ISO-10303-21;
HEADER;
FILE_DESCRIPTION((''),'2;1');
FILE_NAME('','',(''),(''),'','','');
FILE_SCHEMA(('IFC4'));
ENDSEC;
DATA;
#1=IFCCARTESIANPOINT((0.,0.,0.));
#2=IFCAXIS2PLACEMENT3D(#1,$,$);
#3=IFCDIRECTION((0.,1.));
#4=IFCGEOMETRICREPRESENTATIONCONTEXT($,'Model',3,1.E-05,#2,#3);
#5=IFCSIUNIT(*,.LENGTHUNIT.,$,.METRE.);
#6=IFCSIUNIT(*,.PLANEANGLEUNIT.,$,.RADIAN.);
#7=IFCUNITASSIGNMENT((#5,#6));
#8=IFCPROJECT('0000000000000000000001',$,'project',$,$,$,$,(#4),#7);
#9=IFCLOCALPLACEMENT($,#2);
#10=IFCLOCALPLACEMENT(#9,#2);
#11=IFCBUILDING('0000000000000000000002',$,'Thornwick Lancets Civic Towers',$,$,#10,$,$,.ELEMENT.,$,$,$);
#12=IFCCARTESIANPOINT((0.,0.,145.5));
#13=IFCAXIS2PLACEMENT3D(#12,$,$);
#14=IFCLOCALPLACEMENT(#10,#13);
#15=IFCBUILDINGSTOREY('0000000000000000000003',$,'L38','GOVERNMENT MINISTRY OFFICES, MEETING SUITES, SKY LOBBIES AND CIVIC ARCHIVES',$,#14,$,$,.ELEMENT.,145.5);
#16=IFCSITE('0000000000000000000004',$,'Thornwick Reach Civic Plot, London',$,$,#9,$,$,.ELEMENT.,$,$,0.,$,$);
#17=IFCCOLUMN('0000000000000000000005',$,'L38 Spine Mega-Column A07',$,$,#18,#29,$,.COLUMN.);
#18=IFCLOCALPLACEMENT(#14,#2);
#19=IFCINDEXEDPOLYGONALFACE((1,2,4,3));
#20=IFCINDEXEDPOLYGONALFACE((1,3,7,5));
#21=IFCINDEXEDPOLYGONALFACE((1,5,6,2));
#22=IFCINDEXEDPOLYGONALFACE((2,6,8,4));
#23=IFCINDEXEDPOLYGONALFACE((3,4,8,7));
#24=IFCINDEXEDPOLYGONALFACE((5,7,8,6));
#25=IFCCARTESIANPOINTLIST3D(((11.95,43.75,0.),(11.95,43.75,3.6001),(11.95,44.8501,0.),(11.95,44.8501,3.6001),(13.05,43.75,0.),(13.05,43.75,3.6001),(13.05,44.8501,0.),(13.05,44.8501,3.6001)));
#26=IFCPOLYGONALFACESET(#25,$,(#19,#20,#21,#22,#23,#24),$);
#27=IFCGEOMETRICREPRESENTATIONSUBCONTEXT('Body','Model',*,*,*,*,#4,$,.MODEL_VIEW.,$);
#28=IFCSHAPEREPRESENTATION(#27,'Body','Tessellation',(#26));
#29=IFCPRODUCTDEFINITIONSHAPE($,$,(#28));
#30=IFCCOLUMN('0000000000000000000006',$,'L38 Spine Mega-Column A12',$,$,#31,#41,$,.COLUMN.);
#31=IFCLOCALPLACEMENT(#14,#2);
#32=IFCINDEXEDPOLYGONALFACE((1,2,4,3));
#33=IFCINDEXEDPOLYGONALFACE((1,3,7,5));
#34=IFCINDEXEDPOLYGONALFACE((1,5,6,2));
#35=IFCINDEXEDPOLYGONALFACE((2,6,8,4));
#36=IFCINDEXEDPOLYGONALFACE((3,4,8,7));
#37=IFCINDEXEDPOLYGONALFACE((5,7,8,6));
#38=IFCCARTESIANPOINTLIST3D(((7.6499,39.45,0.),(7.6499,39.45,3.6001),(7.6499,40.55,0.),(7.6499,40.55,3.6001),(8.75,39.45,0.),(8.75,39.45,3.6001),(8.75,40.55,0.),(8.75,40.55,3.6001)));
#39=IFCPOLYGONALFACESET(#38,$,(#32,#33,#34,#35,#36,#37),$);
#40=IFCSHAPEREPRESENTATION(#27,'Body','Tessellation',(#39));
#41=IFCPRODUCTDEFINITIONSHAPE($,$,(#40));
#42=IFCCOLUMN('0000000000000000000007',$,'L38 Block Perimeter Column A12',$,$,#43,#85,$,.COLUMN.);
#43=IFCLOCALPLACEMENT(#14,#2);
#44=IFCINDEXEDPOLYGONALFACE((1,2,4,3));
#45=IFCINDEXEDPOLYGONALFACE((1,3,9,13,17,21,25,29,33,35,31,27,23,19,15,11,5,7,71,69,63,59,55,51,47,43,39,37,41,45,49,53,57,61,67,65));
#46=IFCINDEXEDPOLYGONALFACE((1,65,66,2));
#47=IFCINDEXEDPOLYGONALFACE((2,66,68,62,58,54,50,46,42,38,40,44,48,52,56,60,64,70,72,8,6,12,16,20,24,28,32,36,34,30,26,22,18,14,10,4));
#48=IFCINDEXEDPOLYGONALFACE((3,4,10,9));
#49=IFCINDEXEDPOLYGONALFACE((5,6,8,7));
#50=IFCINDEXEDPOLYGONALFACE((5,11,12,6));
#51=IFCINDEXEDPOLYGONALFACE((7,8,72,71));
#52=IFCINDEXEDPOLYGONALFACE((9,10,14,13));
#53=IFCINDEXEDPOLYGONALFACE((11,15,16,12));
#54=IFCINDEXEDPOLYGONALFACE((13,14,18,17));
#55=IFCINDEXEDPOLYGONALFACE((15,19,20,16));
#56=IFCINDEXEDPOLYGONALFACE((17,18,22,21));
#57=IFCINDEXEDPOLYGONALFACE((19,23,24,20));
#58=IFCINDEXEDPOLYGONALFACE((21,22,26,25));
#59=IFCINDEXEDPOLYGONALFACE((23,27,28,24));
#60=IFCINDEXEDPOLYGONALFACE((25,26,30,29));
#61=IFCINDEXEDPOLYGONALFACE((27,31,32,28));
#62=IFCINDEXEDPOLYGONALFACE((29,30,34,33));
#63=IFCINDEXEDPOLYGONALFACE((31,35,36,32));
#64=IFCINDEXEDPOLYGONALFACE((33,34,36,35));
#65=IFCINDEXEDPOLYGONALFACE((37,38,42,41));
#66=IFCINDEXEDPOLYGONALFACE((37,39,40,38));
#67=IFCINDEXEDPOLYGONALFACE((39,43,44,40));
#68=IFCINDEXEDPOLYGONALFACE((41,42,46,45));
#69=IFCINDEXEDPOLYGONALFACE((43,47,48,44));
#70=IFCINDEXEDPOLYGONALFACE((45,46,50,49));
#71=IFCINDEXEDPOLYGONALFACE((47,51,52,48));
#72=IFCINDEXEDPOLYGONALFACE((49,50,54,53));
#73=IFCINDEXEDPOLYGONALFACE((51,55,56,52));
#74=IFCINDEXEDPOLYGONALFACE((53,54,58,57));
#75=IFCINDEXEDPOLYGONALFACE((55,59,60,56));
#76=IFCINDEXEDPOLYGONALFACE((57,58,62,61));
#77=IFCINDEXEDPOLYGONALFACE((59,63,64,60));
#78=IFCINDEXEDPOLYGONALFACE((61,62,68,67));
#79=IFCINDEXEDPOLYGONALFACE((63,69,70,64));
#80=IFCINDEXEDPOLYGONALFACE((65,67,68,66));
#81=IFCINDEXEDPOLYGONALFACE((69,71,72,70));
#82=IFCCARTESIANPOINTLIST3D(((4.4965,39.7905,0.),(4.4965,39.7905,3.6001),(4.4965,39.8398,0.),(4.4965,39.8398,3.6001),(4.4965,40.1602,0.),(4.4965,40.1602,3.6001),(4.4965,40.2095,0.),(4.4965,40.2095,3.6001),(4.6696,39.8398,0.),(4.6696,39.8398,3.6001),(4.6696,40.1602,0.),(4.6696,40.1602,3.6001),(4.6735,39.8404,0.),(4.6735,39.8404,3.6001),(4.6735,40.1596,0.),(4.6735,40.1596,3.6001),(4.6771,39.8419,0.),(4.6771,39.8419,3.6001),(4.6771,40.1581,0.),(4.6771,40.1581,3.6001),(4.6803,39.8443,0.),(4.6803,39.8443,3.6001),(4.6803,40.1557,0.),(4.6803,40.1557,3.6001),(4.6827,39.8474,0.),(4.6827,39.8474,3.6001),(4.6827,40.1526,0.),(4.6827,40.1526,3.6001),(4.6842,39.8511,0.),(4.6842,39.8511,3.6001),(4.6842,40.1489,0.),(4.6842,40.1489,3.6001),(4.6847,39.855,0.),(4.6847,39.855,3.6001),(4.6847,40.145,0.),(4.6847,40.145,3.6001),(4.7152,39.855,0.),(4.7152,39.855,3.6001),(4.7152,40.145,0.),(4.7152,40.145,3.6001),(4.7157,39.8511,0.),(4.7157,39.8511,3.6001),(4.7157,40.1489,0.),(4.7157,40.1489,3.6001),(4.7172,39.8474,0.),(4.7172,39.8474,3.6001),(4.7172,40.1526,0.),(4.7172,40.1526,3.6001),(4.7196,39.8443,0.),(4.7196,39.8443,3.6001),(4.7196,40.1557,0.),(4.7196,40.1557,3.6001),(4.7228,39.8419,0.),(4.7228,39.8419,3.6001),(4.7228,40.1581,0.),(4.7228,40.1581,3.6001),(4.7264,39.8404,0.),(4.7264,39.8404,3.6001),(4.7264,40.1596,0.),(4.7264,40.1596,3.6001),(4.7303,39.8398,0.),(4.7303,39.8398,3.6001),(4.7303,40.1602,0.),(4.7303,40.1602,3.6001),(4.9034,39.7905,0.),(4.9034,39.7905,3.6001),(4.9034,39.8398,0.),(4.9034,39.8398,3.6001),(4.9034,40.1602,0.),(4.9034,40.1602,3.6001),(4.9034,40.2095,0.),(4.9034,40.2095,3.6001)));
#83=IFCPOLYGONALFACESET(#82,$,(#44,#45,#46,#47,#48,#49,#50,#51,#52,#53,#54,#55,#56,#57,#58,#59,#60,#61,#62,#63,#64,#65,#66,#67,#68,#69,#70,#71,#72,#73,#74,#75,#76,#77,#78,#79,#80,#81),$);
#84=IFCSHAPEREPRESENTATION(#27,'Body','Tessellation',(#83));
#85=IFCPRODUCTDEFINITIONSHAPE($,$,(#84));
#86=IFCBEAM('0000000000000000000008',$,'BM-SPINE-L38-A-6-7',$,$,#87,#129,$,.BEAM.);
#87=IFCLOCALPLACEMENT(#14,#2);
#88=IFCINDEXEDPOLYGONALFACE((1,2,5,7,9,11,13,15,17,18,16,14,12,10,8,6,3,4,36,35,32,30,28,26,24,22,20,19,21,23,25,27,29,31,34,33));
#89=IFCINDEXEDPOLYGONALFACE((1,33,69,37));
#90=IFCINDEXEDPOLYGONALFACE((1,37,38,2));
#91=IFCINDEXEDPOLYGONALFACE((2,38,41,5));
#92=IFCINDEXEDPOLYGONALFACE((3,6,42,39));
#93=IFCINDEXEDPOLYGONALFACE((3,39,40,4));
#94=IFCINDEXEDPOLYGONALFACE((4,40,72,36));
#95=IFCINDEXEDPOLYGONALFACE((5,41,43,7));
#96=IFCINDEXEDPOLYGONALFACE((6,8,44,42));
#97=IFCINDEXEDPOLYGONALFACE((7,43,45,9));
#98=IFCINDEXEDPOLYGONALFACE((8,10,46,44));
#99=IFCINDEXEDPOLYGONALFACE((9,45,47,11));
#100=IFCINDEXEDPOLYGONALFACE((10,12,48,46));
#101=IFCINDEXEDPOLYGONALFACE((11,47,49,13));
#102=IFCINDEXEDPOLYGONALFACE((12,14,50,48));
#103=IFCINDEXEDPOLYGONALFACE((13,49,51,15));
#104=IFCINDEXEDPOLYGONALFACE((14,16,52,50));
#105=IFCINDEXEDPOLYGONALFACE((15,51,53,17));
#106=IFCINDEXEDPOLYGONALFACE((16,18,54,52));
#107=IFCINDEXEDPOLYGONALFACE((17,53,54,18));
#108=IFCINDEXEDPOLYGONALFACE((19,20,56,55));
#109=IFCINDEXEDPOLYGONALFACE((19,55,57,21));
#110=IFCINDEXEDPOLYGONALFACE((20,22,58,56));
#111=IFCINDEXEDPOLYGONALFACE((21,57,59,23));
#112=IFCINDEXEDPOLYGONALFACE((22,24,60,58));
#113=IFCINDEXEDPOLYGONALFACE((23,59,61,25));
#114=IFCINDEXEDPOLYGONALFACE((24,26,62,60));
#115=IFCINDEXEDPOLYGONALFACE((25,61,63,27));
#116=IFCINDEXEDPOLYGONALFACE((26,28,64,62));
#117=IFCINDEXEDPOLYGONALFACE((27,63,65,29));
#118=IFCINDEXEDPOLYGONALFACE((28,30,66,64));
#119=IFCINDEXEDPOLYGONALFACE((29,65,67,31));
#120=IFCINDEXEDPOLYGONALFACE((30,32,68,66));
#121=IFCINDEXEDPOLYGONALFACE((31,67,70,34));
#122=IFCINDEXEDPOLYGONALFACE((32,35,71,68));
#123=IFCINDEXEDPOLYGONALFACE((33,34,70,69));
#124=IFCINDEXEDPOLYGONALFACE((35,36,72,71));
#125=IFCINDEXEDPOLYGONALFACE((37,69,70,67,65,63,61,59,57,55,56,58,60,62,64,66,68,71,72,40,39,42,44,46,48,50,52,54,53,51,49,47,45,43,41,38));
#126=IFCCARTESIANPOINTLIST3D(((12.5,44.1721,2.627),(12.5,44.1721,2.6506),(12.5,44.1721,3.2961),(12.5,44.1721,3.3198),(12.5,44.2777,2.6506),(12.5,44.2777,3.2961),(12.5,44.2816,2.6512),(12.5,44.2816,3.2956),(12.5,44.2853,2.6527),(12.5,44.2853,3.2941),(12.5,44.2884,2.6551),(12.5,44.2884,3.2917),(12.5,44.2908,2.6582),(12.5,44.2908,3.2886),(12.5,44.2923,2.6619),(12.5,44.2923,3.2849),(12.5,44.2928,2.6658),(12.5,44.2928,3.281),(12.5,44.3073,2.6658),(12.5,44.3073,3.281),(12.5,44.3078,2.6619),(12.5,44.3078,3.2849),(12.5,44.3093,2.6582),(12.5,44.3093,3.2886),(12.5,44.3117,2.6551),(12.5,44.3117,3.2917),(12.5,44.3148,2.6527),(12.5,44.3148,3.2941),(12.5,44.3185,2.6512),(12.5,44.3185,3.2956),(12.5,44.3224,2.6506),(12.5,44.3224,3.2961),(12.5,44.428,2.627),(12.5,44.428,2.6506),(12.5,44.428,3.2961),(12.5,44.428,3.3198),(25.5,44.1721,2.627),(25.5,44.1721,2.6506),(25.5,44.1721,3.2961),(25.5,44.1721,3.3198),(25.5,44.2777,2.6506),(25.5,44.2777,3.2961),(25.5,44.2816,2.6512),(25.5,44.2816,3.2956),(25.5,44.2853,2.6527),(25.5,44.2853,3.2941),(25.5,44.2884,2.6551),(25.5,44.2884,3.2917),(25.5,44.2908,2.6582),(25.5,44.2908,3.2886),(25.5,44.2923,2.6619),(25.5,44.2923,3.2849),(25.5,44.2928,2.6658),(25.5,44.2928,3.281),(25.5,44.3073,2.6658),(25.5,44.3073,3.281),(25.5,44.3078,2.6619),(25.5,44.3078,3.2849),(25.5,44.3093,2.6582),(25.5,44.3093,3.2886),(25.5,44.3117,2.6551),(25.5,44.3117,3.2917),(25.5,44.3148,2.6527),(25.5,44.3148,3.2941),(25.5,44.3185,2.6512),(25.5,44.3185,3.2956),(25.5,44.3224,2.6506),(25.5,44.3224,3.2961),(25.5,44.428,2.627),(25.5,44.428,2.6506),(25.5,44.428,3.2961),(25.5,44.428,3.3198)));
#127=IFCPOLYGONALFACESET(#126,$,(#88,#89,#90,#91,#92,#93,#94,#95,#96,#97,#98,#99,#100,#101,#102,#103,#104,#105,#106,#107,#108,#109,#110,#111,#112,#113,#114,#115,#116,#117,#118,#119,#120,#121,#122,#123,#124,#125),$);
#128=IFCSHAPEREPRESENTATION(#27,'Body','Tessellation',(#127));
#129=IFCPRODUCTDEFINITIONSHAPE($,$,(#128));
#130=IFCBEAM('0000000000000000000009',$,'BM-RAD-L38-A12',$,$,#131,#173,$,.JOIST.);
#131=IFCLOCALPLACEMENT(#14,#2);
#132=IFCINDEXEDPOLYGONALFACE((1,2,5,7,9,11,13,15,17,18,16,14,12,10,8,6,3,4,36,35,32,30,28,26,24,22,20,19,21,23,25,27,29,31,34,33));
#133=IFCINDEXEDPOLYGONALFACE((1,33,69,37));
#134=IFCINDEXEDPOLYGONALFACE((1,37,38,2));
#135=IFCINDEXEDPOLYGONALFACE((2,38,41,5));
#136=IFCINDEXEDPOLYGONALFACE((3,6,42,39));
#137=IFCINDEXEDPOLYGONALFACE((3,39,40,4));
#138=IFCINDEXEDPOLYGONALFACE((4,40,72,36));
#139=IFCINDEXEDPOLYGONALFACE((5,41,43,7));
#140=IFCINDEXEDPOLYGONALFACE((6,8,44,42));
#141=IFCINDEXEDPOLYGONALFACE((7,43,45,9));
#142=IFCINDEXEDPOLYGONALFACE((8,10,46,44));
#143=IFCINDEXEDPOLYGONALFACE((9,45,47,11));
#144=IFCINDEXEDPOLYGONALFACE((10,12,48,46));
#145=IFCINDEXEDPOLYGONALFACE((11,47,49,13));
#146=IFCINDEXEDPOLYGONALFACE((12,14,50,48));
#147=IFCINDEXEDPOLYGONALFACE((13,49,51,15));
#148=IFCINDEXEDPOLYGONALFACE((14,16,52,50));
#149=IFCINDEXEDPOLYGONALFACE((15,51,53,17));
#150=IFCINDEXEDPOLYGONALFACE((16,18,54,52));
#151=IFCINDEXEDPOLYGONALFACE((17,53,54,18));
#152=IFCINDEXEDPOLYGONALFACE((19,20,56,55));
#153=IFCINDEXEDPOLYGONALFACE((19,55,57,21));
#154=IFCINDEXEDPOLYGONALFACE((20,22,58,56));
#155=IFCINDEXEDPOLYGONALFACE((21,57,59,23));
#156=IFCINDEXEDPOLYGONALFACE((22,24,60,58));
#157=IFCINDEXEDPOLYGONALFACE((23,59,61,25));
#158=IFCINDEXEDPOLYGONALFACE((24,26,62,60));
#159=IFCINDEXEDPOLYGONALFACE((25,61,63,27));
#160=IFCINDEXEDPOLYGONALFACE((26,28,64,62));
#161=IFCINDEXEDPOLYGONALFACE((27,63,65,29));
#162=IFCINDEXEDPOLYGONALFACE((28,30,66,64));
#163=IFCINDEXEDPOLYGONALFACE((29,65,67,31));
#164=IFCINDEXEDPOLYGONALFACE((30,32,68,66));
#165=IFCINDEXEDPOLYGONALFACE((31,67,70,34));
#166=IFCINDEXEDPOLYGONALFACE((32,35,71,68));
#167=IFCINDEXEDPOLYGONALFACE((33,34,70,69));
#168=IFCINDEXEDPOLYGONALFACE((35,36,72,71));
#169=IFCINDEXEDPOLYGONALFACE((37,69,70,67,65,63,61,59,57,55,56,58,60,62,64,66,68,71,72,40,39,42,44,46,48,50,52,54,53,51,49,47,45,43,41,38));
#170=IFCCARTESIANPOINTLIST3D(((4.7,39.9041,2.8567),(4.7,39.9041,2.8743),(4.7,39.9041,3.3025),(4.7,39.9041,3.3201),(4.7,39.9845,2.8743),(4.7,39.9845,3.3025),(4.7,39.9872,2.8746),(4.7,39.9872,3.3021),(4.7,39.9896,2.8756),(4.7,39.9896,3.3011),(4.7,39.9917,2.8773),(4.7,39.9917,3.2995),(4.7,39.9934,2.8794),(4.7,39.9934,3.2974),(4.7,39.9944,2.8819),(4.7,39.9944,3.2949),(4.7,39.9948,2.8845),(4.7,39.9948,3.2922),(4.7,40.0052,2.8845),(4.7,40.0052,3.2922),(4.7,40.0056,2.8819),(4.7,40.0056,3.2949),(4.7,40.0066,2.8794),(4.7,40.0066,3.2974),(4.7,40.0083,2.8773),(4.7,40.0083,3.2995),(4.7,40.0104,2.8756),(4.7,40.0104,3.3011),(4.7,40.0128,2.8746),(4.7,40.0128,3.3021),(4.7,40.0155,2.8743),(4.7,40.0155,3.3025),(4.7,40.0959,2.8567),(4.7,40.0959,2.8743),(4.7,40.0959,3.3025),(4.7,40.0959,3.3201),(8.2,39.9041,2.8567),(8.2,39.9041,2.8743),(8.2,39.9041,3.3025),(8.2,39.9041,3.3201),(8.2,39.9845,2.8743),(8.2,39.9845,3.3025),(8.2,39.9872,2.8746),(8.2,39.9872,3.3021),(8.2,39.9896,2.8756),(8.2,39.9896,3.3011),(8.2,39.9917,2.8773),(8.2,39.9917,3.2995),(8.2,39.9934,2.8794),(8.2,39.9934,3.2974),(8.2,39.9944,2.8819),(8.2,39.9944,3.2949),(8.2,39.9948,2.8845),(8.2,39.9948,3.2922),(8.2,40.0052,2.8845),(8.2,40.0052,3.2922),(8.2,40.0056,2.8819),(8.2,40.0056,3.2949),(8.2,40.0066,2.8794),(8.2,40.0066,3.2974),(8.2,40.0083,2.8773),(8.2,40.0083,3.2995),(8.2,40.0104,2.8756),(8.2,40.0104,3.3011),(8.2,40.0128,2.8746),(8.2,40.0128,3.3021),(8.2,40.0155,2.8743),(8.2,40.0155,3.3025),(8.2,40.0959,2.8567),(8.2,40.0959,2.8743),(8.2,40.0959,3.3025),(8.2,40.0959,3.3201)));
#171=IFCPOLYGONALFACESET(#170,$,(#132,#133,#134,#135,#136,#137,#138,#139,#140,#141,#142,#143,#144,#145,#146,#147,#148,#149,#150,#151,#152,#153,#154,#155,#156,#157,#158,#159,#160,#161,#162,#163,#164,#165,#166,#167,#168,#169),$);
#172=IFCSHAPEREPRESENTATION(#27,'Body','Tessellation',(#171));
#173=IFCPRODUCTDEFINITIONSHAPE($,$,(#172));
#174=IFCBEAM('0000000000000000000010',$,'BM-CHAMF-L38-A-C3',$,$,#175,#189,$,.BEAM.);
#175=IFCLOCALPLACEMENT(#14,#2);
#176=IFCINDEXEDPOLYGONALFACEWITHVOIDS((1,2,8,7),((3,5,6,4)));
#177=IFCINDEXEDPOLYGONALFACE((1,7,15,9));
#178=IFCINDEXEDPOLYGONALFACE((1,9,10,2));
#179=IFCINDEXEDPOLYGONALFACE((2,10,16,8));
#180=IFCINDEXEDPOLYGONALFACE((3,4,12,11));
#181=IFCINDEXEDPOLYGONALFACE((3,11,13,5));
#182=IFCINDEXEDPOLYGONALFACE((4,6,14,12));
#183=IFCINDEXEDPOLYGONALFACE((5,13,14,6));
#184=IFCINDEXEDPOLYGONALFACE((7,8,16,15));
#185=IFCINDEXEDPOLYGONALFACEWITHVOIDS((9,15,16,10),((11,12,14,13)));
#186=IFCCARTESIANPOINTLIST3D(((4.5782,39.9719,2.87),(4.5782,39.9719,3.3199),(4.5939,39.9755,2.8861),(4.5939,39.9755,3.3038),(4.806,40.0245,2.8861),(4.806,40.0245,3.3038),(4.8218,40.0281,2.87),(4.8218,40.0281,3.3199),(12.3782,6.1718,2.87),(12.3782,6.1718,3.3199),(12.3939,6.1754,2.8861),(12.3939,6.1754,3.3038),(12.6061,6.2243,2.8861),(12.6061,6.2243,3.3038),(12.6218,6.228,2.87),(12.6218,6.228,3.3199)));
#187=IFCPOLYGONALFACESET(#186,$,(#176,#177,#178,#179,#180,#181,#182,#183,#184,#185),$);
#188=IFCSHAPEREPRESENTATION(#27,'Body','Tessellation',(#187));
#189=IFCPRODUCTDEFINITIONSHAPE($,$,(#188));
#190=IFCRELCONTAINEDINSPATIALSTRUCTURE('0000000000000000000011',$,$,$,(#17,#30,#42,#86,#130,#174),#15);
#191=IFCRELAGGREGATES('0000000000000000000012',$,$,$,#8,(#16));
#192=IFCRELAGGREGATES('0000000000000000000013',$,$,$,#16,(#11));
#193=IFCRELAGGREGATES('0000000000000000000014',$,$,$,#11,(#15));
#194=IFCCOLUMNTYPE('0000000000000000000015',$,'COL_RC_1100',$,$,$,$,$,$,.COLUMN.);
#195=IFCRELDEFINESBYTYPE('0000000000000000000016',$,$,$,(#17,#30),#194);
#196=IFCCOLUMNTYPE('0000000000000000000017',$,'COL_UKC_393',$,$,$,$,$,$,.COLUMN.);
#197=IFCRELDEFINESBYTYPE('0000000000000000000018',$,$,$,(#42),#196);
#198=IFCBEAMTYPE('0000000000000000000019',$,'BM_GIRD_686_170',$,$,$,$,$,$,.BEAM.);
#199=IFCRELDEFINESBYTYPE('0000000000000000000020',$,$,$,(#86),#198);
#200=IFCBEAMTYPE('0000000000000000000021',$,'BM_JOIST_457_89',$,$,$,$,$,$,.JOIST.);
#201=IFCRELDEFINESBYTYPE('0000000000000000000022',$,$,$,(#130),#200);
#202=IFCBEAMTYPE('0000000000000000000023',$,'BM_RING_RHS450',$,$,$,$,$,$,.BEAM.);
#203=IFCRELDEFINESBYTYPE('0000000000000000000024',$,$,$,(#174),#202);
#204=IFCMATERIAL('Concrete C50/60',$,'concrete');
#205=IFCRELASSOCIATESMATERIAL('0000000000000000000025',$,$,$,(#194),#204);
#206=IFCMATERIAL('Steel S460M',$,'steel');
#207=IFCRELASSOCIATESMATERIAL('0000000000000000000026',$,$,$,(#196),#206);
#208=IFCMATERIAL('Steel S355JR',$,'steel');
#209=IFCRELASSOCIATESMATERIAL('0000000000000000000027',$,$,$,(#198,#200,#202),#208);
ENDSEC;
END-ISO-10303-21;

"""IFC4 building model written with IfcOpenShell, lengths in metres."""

from ifc_helpers import new_model, si_unit, direction, frame, origin, origin_2d, place, context, subcontext, project, spatial, rectangle, hollow_rectangle, i_section, extrude, material, material_profile, profile_set, type_object, element, save


model = new_model("IFC4")

# Units and contexts
model_context = context("Model", 3, precision=1e-05, world=origin(), true_north=direction((0.0, 1.0)))
body_context = subcontext(model_context, "Body", "Model", "MODEL_VIEW")
ifc_project = project(units=[si_unit("LENGTHUNIT", "METRE"), si_unit("PLANEANGLEUNIT", "RADIAN")], contexts=[model_context])

# Site, building, storey
site_placement = place(None, origin())
site = spatial("IfcSite", under=ifc_project, at=site_placement, Name="Thornwick Reach Civic Plot, London", CompositionType="ELEMENT", RefElevation=0.0)
building_placement = place(site_placement, origin())
building = spatial("IfcBuilding", under=site, at=building_placement, Name="Thornwick Lancets Civic Towers", CompositionType="ELEMENT")
storey_placement = place(building_placement, frame((0.0, 0.0, 145.5)))
storey = spatial("IfcBuildingStorey", under=building, at=storey_placement, Name="L38", Description="GOVERNMENT MINISTRY OFFICES, MEETING SUITES, SKY LOBBIES AND CIVIC ARCHIVES", CompositionType="ELEMENT", Elevation=145.5)

# Columns
ifc_material_1 = material(Name="Concrete C50/60", Category="concrete")
ifc_material_profile_1 = material_profile(ifc_material_1, rectangle(XDim=1.1001, YDim=1.1001, at=origin_2d()), Name="RC 1100x1100")
ifc_profile_set_1 = profile_set([ifc_material_profile_1], Name="Concrete C50/60")
column_type_1 = type_object("IfcColumnType", Name="COL_RC_1100", PredefinedType="COLUMN", material=ifc_profile_set_1)
for number, where, z_axis, x_axis, name in (
    (1, (12.5, 44.3, 0.0), (0.0, 0.0, 1.0), (1.0, 0.0, 0.0), "L38 Spine Mega-Column A07"),
    (2, (8.2, 40.0, 0.0), (0.0, 0.0, 1.0), (1.0, 0.0, 0.0), "L38 Spine Mega-Column A12"),
):
    element("IfcColumn", number, at=place(storey_placement, frame(where, z_axis=z_axis, x_axis=x_axis)), inside=storey, type_object=column_type_1, Name=name, PredefinedType="COLUMN", context=body_context, shape_type="SweptSolid", body=[
        extrude(rectangle(XDim=1.1001, YDim=1.1001, at=origin_2d()), origin(), (0.0, 0.0, 1.0), 3.6001),
    ])
ifc_material_2 = material(Name="Steel S460M", Category="steel")
ifc_material_profile_2 = material_profile(ifc_material_2, i_section(OverallWidth=0.407, OverallDepth=0.4189, WebThickness=0.0305, FlangeThickness=0.0493, FilletRadius=0.0151, at=origin_2d()), Name="UKC 356x406x393")
ifc_profile_set_2 = profile_set([ifc_material_profile_2], Name="Steel S460M")
column_type_2 = type_object("IfcColumnType", Name="COL_UKC_393", PredefinedType="COLUMN", material=ifc_profile_set_2)
column_placement = place(storey_placement, frame((4.7, 40.0, 0.0), z_axis=(0.0, 0.0, 1.0), x_axis=(1.0, 0.0, 0.0)))
element("IfcColumn", 3, at=column_placement, inside=storey, type_object=column_type_2, Name="L38 Block Perimeter Column A12", PredefinedType="COLUMN", context=body_context, shape_type="SweptSolid", body=[
    extrude(i_section(OverallWidth=0.407, OverallDepth=0.4189, WebThickness=0.0305, FlangeThickness=0.0493, FilletRadius=0.0151, at=origin_2d()), origin(), (0.0, 0.0, 1.0), 3.6001),
])

# Beams
ifc_material_3 = material(Name="Steel S355JR", Category="steel")
ifc_material_profile_3 = material_profile(ifc_material_3, i_section(OverallWidth=0.2559, OverallDepth=0.6929, WebThickness=0.0144, FlangeThickness=0.0237, FilletRadius=0.0151, at=origin_2d()), Name="UKB 686x254x170")
ifc_profile_set_3 = profile_set([ifc_material_profile_3], Name="Steel S355JR")
beam_type_1 = type_object("IfcBeamType", Name="BM_GIRD_686_170", PredefinedType="BEAM", material=ifc_profile_set_3)
beam_1_placement = place(storey_placement, frame((12.5, 44.3, 2.9734), z_axis=(1.0, 0.0, 0.0), x_axis=(0.0, 1.0, 0.0)))
element("IfcBeam", 4, at=beam_1_placement, inside=storey, type_object=beam_type_1, Name="BM-SPINE-L38-A-6-7", PredefinedType="BEAM", context=body_context, shape_type="SweptSolid", body=[
    extrude(i_section(OverallWidth=0.2559, OverallDepth=0.6929, WebThickness=0.0144, FlangeThickness=0.0237, FilletRadius=0.0151, at=origin_2d()), origin(), (0.0, 0.0, 1.0), 13.0),
])
ifc_material_profile_4 = material_profile(ifc_material_3, i_section(OverallWidth=0.1919, OverallDepth=0.4634, WebThickness=0.0105, FlangeThickness=0.0176, FilletRadius=0.0103, at=origin_2d()), Name="UKB 457x191x89")
ifc_profile_set_4 = profile_set([ifc_material_profile_4], Name="Steel S355JR")
beam_type_2 = type_object("IfcBeamType", Name="BM_JOIST_457_89", PredefinedType="JOIST", material=ifc_profile_set_4)
beam_2_placement = place(storey_placement, frame((8.2, 40.0, 3.0884), z_axis=(-1.0, 0.0, 0.0), x_axis=(0.0, -1.0, 0.0)))
element("IfcBeam", 5, at=beam_2_placement, inside=storey, type_object=beam_type_2, Name="BM-RAD-L38-A12", PredefinedType="JOIST", context=body_context, shape_type="SweptSolid", body=[
    extrude(i_section(OverallWidth=0.1919, OverallDepth=0.4634, WebThickness=0.0105, FlangeThickness=0.0176, FilletRadius=0.0103, at=origin_2d()), origin(), (0.0, 0.0, 1.0), 3.5),
])
ifc_material_profile_5 = material_profile(ifc_material_3, hollow_rectangle(XDim=0.25, YDim=0.45, WallThickness=0.0161, at=origin_2d()), Name="RHS 450x250x16")
ifc_profile_set_5 = profile_set([ifc_material_profile_5], Name="Steel S355JR")
beam_type_3 = type_object("IfcBeamType", Name="BM_RING_RHS450", PredefinedType="BEAM", material=ifc_profile_set_5)
beam_3_placement = place(storey_placement, frame((4.7, 40.0, 3.095), z_axis=(0.224861, -0.974391, 0.0), x_axis=(0.974391, 0.224861, 0.0)))
element("IfcBeam", 6, at=beam_3_placement, inside=storey, type_object=beam_type_3, Name="BM-CHAMF-L38-A-C3", PredefinedType="BEAM", context=body_context, shape_type="SweptSolid", body=[
    extrude(hollow_rectangle(XDim=0.25, YDim=0.45, WallThickness=0.0161, at=origin_2d()), origin(), (0.0, 0.0, 1.0), 34.6885),
])

save(model, "model.ifc")
